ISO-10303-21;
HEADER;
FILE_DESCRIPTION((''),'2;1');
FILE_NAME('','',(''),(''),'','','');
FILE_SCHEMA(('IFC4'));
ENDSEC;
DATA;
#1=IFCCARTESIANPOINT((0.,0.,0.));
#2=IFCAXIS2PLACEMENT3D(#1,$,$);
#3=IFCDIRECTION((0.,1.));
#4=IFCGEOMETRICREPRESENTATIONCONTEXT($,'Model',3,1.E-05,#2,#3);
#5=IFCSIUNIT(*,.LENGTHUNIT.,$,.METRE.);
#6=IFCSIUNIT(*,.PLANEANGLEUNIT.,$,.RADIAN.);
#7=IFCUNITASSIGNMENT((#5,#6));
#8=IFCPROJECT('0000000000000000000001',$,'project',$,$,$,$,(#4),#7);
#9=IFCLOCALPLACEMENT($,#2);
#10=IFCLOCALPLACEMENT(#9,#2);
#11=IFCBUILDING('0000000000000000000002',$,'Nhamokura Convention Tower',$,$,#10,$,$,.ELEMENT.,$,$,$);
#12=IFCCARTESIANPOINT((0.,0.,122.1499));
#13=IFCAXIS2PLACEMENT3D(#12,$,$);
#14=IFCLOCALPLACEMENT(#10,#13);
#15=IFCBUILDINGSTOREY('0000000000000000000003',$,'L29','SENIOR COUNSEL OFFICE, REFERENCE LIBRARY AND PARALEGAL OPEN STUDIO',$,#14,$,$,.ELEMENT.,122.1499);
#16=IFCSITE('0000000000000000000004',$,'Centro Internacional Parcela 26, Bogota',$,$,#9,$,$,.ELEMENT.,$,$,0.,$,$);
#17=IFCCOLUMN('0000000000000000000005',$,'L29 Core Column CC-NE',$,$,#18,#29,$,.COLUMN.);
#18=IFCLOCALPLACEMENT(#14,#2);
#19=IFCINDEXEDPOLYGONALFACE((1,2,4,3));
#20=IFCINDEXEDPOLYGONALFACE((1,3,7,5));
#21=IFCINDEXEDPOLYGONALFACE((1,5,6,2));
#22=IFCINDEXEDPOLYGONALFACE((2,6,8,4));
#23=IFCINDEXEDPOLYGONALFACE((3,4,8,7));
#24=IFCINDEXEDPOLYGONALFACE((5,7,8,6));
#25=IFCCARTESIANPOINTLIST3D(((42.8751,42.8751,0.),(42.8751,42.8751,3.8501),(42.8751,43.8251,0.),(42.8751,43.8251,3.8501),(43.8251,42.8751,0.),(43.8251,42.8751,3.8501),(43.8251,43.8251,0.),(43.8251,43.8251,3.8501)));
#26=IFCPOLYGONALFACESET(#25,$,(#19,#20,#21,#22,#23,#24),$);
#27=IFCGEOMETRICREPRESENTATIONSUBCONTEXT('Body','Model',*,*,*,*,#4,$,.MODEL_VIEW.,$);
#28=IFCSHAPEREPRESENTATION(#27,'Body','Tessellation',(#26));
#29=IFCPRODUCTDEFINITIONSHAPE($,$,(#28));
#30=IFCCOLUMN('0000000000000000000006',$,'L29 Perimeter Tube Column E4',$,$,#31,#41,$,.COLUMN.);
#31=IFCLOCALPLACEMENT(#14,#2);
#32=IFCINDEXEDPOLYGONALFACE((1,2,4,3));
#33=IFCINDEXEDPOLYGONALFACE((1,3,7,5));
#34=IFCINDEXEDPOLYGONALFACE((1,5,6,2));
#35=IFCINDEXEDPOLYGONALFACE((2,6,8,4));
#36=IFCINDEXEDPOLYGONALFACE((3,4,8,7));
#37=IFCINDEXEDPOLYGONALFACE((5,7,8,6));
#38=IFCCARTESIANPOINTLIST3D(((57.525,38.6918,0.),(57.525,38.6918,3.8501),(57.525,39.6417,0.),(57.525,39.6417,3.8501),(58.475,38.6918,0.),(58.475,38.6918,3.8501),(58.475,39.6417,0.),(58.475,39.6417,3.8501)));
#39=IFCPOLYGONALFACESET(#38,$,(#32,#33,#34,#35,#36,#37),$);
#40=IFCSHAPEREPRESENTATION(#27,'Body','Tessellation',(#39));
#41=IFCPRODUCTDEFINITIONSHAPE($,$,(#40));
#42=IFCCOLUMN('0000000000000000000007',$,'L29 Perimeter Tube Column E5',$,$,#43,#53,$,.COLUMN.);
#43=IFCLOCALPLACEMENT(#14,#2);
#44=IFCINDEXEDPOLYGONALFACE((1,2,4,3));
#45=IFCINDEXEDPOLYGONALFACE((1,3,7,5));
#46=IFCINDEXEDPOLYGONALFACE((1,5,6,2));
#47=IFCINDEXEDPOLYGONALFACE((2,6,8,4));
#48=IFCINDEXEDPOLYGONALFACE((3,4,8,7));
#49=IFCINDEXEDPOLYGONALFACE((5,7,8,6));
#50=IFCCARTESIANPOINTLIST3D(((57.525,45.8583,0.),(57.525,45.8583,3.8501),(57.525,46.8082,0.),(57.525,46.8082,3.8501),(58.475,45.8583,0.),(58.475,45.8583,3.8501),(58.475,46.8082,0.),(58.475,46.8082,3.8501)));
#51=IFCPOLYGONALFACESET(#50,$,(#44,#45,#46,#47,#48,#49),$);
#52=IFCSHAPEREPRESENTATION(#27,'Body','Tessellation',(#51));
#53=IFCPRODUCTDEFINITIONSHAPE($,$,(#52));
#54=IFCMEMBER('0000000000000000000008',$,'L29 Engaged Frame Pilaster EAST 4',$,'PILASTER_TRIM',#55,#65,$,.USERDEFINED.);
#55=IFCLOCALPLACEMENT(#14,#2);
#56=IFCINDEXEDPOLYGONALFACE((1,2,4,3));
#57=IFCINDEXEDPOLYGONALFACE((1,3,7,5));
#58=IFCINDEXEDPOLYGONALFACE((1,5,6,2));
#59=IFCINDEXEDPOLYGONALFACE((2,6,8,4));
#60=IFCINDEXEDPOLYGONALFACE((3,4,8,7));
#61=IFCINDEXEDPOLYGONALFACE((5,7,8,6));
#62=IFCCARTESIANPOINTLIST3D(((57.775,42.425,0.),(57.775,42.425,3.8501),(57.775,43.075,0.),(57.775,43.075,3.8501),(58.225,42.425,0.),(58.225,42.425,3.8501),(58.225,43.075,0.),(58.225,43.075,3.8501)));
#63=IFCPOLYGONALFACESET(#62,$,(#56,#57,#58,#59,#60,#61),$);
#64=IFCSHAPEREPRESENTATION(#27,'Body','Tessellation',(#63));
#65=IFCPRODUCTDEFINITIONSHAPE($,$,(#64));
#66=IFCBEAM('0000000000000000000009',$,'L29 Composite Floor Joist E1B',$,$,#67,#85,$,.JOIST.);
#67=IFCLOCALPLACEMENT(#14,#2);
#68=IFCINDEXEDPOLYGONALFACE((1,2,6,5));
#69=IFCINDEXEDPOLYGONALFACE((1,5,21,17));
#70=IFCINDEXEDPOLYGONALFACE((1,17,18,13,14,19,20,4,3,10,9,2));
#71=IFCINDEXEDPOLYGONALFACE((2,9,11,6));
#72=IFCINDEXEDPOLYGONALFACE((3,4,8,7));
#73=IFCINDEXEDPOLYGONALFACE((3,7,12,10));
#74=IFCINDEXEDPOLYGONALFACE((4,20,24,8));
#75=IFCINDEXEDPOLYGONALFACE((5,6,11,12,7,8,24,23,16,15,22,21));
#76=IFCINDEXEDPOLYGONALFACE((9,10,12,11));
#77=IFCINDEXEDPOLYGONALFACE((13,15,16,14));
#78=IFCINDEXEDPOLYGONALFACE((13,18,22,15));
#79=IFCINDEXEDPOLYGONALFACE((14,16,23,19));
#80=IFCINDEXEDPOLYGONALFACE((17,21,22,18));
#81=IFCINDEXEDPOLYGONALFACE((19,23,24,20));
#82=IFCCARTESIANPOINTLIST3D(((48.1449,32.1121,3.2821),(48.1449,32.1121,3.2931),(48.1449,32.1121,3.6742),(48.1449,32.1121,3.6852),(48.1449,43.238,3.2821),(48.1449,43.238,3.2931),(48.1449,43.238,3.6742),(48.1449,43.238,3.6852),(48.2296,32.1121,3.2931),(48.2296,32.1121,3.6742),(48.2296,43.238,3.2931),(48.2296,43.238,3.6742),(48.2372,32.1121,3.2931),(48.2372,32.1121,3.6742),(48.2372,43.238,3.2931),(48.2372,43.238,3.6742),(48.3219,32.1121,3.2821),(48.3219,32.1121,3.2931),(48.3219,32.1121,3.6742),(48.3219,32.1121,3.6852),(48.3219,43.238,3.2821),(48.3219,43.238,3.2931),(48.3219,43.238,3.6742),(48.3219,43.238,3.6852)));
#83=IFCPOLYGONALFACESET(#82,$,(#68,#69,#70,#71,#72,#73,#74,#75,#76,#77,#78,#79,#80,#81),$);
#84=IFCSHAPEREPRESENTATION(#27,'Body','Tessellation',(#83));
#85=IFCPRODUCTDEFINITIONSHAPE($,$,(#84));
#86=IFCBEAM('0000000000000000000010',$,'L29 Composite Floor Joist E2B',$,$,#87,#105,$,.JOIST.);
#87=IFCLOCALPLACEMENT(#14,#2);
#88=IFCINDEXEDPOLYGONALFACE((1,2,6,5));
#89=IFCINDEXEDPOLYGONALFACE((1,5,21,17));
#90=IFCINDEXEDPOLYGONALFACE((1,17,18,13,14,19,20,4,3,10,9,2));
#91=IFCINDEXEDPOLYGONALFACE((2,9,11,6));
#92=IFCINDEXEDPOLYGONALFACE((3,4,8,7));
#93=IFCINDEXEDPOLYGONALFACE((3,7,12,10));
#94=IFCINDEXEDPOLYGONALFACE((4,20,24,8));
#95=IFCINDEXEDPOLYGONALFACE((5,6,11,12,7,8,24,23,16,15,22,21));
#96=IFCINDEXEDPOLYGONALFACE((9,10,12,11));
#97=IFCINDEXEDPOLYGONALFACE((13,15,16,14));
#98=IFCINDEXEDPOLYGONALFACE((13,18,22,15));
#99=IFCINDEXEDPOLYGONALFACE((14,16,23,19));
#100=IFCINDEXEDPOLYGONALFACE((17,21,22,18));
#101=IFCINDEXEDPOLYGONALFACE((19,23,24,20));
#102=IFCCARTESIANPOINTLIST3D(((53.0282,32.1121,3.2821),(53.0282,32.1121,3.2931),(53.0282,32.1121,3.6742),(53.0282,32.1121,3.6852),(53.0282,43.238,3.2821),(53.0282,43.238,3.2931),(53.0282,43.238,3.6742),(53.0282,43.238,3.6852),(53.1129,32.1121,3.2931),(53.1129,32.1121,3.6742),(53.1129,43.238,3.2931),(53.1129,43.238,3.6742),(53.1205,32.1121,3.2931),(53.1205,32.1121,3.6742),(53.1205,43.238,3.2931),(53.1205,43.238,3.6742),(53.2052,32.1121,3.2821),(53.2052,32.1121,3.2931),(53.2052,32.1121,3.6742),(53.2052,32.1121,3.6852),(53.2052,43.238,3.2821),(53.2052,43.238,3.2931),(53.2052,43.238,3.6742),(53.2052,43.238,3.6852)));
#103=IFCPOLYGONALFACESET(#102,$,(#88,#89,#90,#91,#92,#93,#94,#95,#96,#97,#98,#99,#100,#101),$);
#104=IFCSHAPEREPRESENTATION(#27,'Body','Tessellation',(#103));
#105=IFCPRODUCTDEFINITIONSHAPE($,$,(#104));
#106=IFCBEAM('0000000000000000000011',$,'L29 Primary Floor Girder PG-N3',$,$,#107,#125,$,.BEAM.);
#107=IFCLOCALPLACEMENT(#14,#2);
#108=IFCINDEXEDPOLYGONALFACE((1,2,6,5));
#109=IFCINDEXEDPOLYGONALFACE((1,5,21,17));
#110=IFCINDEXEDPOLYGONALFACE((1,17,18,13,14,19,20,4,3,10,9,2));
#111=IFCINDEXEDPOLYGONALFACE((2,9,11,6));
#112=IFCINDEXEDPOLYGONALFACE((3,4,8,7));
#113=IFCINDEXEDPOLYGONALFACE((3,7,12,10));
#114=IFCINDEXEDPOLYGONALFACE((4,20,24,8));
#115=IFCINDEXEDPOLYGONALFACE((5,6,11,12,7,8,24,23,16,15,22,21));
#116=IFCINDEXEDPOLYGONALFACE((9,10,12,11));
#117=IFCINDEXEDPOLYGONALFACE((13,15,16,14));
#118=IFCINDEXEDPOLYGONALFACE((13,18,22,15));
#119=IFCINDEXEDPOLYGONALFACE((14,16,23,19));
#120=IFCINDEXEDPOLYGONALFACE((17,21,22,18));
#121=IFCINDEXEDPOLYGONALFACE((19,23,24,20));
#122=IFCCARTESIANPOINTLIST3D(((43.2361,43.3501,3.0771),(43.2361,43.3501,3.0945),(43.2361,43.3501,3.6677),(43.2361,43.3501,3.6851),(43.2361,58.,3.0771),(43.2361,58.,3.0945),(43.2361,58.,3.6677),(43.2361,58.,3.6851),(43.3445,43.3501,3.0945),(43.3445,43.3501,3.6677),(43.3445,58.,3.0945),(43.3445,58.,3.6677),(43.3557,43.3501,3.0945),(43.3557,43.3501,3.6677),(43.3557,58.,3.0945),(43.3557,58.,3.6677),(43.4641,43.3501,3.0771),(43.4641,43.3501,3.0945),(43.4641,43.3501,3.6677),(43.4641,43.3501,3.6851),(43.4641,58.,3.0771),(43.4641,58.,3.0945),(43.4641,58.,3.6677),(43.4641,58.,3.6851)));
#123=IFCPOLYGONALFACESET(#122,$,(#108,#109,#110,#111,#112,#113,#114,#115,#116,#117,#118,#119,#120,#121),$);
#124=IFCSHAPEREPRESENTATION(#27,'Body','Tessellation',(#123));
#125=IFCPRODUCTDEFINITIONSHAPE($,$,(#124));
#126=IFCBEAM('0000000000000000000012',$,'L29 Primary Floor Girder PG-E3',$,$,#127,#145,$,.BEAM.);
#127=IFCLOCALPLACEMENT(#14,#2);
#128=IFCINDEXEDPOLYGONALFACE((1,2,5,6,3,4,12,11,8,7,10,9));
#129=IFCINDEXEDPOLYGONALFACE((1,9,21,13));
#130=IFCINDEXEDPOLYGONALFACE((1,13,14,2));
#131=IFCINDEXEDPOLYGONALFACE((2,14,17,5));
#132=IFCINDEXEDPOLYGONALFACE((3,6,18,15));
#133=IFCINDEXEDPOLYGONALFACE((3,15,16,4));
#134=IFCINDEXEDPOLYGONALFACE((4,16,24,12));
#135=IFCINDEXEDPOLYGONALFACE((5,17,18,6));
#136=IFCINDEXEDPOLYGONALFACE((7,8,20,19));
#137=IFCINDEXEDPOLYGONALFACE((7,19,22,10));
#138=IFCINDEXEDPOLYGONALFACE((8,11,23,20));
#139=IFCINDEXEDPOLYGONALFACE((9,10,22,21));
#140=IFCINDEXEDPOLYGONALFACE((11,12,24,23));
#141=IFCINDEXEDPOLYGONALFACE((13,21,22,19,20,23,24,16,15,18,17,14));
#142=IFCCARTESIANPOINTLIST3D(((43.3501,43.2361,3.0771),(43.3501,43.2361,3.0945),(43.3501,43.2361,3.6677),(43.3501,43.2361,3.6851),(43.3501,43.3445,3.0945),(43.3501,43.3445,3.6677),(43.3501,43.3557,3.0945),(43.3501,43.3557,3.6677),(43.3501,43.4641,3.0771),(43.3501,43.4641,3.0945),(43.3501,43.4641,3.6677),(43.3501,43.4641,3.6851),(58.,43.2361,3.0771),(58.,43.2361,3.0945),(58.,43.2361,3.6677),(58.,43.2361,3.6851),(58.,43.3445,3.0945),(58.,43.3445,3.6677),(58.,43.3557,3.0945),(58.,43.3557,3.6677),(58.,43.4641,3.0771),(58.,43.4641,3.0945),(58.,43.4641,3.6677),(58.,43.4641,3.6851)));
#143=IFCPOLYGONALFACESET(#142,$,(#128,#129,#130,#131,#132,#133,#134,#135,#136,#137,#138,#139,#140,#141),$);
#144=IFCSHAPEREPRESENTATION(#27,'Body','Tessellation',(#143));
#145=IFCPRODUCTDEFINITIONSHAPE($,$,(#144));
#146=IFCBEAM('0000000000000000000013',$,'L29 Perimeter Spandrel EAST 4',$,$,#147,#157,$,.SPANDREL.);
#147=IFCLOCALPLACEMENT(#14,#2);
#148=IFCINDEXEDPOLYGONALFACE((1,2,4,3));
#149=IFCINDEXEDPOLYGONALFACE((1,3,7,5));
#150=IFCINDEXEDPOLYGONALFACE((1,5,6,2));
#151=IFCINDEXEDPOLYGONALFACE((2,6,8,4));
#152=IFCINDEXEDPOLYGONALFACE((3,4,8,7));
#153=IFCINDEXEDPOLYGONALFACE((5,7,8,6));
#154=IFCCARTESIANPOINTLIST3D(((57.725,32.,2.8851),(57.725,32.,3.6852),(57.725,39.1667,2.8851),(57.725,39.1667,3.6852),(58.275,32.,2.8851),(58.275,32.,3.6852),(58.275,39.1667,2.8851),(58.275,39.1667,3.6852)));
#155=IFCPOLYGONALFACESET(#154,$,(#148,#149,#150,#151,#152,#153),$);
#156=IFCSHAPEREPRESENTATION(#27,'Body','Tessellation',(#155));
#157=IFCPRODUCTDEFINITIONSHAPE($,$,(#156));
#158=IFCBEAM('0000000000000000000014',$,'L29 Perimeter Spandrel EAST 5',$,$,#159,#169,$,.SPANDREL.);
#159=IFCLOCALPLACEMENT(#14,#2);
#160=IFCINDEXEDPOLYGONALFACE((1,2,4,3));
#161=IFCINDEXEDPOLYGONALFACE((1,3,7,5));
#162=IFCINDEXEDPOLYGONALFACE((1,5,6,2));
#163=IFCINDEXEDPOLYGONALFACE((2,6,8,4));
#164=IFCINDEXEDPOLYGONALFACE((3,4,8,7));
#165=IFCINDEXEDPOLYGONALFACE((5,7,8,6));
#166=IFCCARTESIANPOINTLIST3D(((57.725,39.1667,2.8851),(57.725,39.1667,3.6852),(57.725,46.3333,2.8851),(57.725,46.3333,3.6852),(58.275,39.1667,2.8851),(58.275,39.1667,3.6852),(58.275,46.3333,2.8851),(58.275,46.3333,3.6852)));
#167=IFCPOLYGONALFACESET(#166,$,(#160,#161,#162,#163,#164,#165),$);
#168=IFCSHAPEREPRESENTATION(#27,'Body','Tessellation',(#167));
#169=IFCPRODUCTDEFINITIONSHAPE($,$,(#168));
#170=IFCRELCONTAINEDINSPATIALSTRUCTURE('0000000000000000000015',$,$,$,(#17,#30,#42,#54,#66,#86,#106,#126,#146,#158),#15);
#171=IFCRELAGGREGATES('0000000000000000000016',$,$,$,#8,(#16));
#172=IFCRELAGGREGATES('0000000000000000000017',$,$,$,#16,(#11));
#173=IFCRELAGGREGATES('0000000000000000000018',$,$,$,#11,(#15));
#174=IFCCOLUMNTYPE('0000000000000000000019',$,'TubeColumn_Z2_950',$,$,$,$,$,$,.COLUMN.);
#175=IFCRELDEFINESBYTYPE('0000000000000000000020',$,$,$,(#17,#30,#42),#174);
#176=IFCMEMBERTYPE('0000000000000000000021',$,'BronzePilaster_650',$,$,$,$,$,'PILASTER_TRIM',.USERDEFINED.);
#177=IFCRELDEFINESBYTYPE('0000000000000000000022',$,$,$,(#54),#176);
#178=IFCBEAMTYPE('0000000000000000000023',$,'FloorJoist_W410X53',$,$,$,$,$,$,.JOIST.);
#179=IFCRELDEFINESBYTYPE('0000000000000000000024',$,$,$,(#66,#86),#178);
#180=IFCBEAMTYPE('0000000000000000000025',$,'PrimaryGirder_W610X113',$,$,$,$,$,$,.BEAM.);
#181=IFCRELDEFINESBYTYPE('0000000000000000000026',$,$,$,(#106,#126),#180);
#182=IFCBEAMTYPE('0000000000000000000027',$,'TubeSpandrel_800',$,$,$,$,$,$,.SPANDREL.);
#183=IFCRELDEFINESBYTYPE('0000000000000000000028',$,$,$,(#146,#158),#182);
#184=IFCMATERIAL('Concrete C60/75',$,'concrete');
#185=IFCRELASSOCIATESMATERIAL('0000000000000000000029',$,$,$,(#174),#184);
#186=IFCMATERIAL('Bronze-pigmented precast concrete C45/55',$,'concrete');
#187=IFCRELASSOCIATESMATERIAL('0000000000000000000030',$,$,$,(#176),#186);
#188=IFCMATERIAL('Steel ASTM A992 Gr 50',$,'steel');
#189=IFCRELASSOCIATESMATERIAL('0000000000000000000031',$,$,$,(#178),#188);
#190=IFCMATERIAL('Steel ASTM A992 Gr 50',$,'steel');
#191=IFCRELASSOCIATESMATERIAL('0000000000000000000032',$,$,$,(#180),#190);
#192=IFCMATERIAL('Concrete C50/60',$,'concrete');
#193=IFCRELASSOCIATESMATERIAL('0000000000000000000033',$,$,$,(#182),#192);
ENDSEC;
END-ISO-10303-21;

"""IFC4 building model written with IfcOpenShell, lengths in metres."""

from ifc_helpers import new_model, si_unit, direction, frame, origin, origin_2d, place, context, subcontext, project, spatial, rectangle, i_section, extrude, material, material_profile, profile_set, type_object, element, save


model = new_model("IFC4")

# Units and contexts
model_context = context("Model", 3, precision=1e-05, world=origin(), true_north=direction((0.0, 1.0)))
body_context = subcontext(model_context, "Body", "Model", "MODEL_VIEW")
ifc_project = project(units=[si_unit("LENGTHUNIT", "METRE"), si_unit("PLANEANGLEUNIT", "RADIAN")], contexts=[model_context])

# Site, building, storey
site_placement = place(None, origin())
site = spatial("IfcSite", under=ifc_project, at=site_placement, Name="Centro Internacional Parcela 26, Bogota", CompositionType="ELEMENT", RefElevation=0.0)
building_placement = place(site_placement, origin())
building = spatial("IfcBuilding", under=site, at=building_placement, Name="Nhamokura Convention Tower", CompositionType="ELEMENT")
storey_placement = place(building_placement, frame((0.0, 0.0, 122.1499)))
storey = spatial("IfcBuildingStorey", under=building, at=storey_placement, Name="L29", Description="SENIOR COUNSEL OFFICE, REFERENCE LIBRARY AND PARALEGAL OPEN STUDIO", CompositionType="ELEMENT", Elevation=122.1499)

# Columns
ifc_material_1 = material(Name="Concrete C60/75", Category="concrete")
ifc_material_profile_1 = material_profile(ifc_material_1, rectangle(XDim=0.95, YDim=0.95, at=origin_2d()))
ifc_profile_set_1 = profile_set([ifc_material_profile_1], Name="Concrete C60/75")
column_type = type_object("IfcColumnType", Name="TubeColumn_Z2_950", PredefinedType="COLUMN", material=ifc_profile_set_1)
for number, where, z_axis, x_axis, name in (
    (1, (43.3501, 43.3501, 0.0), (0.0, 0.0, 1.0), (1.0, 0.0, 0.0), "L29 Core Column CC-NE"),
    (2, (58.0, 39.1667, 0.0), (0.0, 0.0, 1.0), (1.0, 0.0, 0.0), "L29 Perimeter Tube Column E4"),
    (3, (58.0, 46.3333, 0.0), (0.0, 0.0, 1.0), (1.0, 0.0, 0.0), "L29 Perimeter Tube Column E5"),
):
    element("IfcColumn", number, at=place(storey_placement, frame(where, z_axis=z_axis, x_axis=x_axis)), inside=storey, type_object=column_type, Name=name, PredefinedType="COLUMN", context=body_context, shape_type="SweptSolid", body=[
        extrude(rectangle(XDim=0.95, YDim=0.95, at=origin_2d()), origin(), (0.0, 0.0, 1.0), 3.8501),
    ])

# Member
ifc_material_2 = material(Name="Bronze-pigmented precast concrete C45/55", Category="concrete")
ifc_material_profile_2 = material_profile(ifc_material_2, rectangle(XDim=0.45, YDim=0.6499, at=origin_2d()))
ifc_profile_set_2 = profile_set([ifc_material_profile_2], Name="Bronze-pigmented precast concrete C45/55")
member_type = type_object("IfcMemberType", Name="BronzePilaster_650", ElementType="PILASTER_TRIM", PredefinedType="USERDEFINED", material=ifc_profile_set_2)
member_placement = place(storey_placement, frame((58.0, 42.75, 0.0), z_axis=(0.0, 0.0, 1.0), x_axis=(1.0, 0.0, 0.0)))
element("IfcMember", 4, at=member_placement, inside=storey, type_object=member_type, Name="L29 Engaged Frame Pilaster EAST 4", ObjectType="PILASTER_TRIM", PredefinedType="USERDEFINED", context=body_context, shape_type="SweptSolid", body=[
    extrude(rectangle(XDim=0.45, YDim=0.6499, at=origin_2d()), origin(), (0.0, 0.0, 1.0), 3.8501),
])

# Beams
ifc_material_3 = material(Name="Steel ASTM A992 Gr 50", Category="steel")
ifc_material_profile_3 = material_profile(ifc_material_3, i_section(OverallWidth=0.177, OverallDepth=0.4031, WebThickness=0.0076, FlangeThickness=0.011, at=origin_2d()))
ifc_profile_set_3 = profile_set([ifc_material_profile_3], Name="Steel ASTM A992 Gr 50")
beam_type_1 = type_object("IfcBeamType", Name="FloorJoist_W410X53", PredefinedType="JOIST", material=ifc_profile_set_3)
for number, where, z_axis, x_axis, name in (
    (5, (48.2334, 32.1121, 3.4836), (0.0, 1.0, 0.0), (-1.0, 0.0, 0.0), "L29 Composite Floor Joist E1B"),
    (6, (53.1167, 32.1121, 3.4836), (0.0, 1.0, 0.0), (-1.0, 0.0, 0.0), "L29 Composite Floor Joist E2B"),
):
    element("IfcBeam", number, at=place(storey_placement, frame(where, z_axis=z_axis, x_axis=x_axis)), inside=storey, type_object=beam_type_1, Name=name, PredefinedType="JOIST", context=body_context, shape_type="SweptSolid", body=[
        extrude(i_section(OverallWidth=0.177, OverallDepth=0.4031, WebThickness=0.0076, FlangeThickness=0.011, at=origin_2d()), origin(), (0.0, 0.0, 1.0), 11.126),
    ])
ifc_material_4 = material(Name="Steel ASTM A992 Gr 50", Category="steel")
ifc_material_profile_4 = material_profile(ifc_material_4, i_section(OverallWidth=0.228, OverallDepth=0.6079, WebThickness=0.0112, FlangeThickness=0.0173, at=origin_2d()))
ifc_profile_set_4 = profile_set([ifc_material_profile_4], Name="Steel ASTM A992 Gr 50")
beam_type_2 = type_object("IfcBeamType", Name="PrimaryGirder_W610X113", PredefinedType="BEAM", material=ifc_profile_set_4)
for number, where, z_axis, x_axis, name in (
    (7, (43.3501, 43.3501, 3.3811), (0.0, 1.0, 0.0), (-1.0, 0.0, 0.0), "L29 Primary Floor Girder PG-N3"),
    (8, (43.3501, 43.3501, 3.3811), (1.0, 0.0, 0.0), (0.0, 1.0, 0.0), "L29 Primary Floor Girder PG-E3"),
):
    element("IfcBeam", number, at=place(storey_placement, frame(where, z_axis=z_axis, x_axis=x_axis)), inside=storey, type_object=beam_type_2, Name=name, PredefinedType="BEAM", context=body_context, shape_type="SweptSolid", body=[
        extrude(i_section(OverallWidth=0.228, OverallDepth=0.6079, WebThickness=0.0112, FlangeThickness=0.0173, at=origin_2d()), origin(), (0.0, 0.0, 1.0), 14.6499),
    ])
ifc_material_5 = material(Name="Concrete C50/60", Category="concrete")
ifc_material_profile_5 = material_profile(ifc_material_5, rectangle(XDim=0.55, YDim=0.8, at=origin_2d()))
ifc_profile_set_5 = profile_set([ifc_material_profile_5], Name="Concrete C50/60")
beam_type_3 = type_object("IfcBeamType", Name="TubeSpandrel_800", PredefinedType="SPANDREL", material=ifc_profile_set_5)
beam_1_placement = place(storey_placement, frame((58.0, 32.0, 3.2852), z_axis=(0.0, 1.0, 0.0), x_axis=(-1.0, 0.0, 0.0)))
element("IfcBeam", 9, at=beam_1_placement, inside=storey, type_object=beam_type_3, Name="L29 Perimeter Spandrel EAST 4", PredefinedType="SPANDREL", context=body_context, shape_type="SweptSolid", body=[
    extrude(rectangle(XDim=0.55, YDim=0.8, at=origin_2d()), origin(), (0.0, 0.0, 1.0), 7.1667),
])
beam_2_placement = place(storey_placement, frame((58.0, 39.1667, 3.2852), z_axis=(0.0, 1.0, 0.0), x_axis=(-1.0, 0.0, 0.0)))
element("IfcBeam", 10, at=beam_2_placement, inside=storey, type_object=beam_type_3, Name="L29 Perimeter Spandrel EAST 5", PredefinedType="SPANDREL", context=body_context, shape_type="SweptSolid", body=[
    extrude(rectangle(XDim=0.55, YDim=0.8, at=origin_2d()), origin(), (0.0, 0.0, 1.0), 7.1665),
])

save(model, "model.ifc")
